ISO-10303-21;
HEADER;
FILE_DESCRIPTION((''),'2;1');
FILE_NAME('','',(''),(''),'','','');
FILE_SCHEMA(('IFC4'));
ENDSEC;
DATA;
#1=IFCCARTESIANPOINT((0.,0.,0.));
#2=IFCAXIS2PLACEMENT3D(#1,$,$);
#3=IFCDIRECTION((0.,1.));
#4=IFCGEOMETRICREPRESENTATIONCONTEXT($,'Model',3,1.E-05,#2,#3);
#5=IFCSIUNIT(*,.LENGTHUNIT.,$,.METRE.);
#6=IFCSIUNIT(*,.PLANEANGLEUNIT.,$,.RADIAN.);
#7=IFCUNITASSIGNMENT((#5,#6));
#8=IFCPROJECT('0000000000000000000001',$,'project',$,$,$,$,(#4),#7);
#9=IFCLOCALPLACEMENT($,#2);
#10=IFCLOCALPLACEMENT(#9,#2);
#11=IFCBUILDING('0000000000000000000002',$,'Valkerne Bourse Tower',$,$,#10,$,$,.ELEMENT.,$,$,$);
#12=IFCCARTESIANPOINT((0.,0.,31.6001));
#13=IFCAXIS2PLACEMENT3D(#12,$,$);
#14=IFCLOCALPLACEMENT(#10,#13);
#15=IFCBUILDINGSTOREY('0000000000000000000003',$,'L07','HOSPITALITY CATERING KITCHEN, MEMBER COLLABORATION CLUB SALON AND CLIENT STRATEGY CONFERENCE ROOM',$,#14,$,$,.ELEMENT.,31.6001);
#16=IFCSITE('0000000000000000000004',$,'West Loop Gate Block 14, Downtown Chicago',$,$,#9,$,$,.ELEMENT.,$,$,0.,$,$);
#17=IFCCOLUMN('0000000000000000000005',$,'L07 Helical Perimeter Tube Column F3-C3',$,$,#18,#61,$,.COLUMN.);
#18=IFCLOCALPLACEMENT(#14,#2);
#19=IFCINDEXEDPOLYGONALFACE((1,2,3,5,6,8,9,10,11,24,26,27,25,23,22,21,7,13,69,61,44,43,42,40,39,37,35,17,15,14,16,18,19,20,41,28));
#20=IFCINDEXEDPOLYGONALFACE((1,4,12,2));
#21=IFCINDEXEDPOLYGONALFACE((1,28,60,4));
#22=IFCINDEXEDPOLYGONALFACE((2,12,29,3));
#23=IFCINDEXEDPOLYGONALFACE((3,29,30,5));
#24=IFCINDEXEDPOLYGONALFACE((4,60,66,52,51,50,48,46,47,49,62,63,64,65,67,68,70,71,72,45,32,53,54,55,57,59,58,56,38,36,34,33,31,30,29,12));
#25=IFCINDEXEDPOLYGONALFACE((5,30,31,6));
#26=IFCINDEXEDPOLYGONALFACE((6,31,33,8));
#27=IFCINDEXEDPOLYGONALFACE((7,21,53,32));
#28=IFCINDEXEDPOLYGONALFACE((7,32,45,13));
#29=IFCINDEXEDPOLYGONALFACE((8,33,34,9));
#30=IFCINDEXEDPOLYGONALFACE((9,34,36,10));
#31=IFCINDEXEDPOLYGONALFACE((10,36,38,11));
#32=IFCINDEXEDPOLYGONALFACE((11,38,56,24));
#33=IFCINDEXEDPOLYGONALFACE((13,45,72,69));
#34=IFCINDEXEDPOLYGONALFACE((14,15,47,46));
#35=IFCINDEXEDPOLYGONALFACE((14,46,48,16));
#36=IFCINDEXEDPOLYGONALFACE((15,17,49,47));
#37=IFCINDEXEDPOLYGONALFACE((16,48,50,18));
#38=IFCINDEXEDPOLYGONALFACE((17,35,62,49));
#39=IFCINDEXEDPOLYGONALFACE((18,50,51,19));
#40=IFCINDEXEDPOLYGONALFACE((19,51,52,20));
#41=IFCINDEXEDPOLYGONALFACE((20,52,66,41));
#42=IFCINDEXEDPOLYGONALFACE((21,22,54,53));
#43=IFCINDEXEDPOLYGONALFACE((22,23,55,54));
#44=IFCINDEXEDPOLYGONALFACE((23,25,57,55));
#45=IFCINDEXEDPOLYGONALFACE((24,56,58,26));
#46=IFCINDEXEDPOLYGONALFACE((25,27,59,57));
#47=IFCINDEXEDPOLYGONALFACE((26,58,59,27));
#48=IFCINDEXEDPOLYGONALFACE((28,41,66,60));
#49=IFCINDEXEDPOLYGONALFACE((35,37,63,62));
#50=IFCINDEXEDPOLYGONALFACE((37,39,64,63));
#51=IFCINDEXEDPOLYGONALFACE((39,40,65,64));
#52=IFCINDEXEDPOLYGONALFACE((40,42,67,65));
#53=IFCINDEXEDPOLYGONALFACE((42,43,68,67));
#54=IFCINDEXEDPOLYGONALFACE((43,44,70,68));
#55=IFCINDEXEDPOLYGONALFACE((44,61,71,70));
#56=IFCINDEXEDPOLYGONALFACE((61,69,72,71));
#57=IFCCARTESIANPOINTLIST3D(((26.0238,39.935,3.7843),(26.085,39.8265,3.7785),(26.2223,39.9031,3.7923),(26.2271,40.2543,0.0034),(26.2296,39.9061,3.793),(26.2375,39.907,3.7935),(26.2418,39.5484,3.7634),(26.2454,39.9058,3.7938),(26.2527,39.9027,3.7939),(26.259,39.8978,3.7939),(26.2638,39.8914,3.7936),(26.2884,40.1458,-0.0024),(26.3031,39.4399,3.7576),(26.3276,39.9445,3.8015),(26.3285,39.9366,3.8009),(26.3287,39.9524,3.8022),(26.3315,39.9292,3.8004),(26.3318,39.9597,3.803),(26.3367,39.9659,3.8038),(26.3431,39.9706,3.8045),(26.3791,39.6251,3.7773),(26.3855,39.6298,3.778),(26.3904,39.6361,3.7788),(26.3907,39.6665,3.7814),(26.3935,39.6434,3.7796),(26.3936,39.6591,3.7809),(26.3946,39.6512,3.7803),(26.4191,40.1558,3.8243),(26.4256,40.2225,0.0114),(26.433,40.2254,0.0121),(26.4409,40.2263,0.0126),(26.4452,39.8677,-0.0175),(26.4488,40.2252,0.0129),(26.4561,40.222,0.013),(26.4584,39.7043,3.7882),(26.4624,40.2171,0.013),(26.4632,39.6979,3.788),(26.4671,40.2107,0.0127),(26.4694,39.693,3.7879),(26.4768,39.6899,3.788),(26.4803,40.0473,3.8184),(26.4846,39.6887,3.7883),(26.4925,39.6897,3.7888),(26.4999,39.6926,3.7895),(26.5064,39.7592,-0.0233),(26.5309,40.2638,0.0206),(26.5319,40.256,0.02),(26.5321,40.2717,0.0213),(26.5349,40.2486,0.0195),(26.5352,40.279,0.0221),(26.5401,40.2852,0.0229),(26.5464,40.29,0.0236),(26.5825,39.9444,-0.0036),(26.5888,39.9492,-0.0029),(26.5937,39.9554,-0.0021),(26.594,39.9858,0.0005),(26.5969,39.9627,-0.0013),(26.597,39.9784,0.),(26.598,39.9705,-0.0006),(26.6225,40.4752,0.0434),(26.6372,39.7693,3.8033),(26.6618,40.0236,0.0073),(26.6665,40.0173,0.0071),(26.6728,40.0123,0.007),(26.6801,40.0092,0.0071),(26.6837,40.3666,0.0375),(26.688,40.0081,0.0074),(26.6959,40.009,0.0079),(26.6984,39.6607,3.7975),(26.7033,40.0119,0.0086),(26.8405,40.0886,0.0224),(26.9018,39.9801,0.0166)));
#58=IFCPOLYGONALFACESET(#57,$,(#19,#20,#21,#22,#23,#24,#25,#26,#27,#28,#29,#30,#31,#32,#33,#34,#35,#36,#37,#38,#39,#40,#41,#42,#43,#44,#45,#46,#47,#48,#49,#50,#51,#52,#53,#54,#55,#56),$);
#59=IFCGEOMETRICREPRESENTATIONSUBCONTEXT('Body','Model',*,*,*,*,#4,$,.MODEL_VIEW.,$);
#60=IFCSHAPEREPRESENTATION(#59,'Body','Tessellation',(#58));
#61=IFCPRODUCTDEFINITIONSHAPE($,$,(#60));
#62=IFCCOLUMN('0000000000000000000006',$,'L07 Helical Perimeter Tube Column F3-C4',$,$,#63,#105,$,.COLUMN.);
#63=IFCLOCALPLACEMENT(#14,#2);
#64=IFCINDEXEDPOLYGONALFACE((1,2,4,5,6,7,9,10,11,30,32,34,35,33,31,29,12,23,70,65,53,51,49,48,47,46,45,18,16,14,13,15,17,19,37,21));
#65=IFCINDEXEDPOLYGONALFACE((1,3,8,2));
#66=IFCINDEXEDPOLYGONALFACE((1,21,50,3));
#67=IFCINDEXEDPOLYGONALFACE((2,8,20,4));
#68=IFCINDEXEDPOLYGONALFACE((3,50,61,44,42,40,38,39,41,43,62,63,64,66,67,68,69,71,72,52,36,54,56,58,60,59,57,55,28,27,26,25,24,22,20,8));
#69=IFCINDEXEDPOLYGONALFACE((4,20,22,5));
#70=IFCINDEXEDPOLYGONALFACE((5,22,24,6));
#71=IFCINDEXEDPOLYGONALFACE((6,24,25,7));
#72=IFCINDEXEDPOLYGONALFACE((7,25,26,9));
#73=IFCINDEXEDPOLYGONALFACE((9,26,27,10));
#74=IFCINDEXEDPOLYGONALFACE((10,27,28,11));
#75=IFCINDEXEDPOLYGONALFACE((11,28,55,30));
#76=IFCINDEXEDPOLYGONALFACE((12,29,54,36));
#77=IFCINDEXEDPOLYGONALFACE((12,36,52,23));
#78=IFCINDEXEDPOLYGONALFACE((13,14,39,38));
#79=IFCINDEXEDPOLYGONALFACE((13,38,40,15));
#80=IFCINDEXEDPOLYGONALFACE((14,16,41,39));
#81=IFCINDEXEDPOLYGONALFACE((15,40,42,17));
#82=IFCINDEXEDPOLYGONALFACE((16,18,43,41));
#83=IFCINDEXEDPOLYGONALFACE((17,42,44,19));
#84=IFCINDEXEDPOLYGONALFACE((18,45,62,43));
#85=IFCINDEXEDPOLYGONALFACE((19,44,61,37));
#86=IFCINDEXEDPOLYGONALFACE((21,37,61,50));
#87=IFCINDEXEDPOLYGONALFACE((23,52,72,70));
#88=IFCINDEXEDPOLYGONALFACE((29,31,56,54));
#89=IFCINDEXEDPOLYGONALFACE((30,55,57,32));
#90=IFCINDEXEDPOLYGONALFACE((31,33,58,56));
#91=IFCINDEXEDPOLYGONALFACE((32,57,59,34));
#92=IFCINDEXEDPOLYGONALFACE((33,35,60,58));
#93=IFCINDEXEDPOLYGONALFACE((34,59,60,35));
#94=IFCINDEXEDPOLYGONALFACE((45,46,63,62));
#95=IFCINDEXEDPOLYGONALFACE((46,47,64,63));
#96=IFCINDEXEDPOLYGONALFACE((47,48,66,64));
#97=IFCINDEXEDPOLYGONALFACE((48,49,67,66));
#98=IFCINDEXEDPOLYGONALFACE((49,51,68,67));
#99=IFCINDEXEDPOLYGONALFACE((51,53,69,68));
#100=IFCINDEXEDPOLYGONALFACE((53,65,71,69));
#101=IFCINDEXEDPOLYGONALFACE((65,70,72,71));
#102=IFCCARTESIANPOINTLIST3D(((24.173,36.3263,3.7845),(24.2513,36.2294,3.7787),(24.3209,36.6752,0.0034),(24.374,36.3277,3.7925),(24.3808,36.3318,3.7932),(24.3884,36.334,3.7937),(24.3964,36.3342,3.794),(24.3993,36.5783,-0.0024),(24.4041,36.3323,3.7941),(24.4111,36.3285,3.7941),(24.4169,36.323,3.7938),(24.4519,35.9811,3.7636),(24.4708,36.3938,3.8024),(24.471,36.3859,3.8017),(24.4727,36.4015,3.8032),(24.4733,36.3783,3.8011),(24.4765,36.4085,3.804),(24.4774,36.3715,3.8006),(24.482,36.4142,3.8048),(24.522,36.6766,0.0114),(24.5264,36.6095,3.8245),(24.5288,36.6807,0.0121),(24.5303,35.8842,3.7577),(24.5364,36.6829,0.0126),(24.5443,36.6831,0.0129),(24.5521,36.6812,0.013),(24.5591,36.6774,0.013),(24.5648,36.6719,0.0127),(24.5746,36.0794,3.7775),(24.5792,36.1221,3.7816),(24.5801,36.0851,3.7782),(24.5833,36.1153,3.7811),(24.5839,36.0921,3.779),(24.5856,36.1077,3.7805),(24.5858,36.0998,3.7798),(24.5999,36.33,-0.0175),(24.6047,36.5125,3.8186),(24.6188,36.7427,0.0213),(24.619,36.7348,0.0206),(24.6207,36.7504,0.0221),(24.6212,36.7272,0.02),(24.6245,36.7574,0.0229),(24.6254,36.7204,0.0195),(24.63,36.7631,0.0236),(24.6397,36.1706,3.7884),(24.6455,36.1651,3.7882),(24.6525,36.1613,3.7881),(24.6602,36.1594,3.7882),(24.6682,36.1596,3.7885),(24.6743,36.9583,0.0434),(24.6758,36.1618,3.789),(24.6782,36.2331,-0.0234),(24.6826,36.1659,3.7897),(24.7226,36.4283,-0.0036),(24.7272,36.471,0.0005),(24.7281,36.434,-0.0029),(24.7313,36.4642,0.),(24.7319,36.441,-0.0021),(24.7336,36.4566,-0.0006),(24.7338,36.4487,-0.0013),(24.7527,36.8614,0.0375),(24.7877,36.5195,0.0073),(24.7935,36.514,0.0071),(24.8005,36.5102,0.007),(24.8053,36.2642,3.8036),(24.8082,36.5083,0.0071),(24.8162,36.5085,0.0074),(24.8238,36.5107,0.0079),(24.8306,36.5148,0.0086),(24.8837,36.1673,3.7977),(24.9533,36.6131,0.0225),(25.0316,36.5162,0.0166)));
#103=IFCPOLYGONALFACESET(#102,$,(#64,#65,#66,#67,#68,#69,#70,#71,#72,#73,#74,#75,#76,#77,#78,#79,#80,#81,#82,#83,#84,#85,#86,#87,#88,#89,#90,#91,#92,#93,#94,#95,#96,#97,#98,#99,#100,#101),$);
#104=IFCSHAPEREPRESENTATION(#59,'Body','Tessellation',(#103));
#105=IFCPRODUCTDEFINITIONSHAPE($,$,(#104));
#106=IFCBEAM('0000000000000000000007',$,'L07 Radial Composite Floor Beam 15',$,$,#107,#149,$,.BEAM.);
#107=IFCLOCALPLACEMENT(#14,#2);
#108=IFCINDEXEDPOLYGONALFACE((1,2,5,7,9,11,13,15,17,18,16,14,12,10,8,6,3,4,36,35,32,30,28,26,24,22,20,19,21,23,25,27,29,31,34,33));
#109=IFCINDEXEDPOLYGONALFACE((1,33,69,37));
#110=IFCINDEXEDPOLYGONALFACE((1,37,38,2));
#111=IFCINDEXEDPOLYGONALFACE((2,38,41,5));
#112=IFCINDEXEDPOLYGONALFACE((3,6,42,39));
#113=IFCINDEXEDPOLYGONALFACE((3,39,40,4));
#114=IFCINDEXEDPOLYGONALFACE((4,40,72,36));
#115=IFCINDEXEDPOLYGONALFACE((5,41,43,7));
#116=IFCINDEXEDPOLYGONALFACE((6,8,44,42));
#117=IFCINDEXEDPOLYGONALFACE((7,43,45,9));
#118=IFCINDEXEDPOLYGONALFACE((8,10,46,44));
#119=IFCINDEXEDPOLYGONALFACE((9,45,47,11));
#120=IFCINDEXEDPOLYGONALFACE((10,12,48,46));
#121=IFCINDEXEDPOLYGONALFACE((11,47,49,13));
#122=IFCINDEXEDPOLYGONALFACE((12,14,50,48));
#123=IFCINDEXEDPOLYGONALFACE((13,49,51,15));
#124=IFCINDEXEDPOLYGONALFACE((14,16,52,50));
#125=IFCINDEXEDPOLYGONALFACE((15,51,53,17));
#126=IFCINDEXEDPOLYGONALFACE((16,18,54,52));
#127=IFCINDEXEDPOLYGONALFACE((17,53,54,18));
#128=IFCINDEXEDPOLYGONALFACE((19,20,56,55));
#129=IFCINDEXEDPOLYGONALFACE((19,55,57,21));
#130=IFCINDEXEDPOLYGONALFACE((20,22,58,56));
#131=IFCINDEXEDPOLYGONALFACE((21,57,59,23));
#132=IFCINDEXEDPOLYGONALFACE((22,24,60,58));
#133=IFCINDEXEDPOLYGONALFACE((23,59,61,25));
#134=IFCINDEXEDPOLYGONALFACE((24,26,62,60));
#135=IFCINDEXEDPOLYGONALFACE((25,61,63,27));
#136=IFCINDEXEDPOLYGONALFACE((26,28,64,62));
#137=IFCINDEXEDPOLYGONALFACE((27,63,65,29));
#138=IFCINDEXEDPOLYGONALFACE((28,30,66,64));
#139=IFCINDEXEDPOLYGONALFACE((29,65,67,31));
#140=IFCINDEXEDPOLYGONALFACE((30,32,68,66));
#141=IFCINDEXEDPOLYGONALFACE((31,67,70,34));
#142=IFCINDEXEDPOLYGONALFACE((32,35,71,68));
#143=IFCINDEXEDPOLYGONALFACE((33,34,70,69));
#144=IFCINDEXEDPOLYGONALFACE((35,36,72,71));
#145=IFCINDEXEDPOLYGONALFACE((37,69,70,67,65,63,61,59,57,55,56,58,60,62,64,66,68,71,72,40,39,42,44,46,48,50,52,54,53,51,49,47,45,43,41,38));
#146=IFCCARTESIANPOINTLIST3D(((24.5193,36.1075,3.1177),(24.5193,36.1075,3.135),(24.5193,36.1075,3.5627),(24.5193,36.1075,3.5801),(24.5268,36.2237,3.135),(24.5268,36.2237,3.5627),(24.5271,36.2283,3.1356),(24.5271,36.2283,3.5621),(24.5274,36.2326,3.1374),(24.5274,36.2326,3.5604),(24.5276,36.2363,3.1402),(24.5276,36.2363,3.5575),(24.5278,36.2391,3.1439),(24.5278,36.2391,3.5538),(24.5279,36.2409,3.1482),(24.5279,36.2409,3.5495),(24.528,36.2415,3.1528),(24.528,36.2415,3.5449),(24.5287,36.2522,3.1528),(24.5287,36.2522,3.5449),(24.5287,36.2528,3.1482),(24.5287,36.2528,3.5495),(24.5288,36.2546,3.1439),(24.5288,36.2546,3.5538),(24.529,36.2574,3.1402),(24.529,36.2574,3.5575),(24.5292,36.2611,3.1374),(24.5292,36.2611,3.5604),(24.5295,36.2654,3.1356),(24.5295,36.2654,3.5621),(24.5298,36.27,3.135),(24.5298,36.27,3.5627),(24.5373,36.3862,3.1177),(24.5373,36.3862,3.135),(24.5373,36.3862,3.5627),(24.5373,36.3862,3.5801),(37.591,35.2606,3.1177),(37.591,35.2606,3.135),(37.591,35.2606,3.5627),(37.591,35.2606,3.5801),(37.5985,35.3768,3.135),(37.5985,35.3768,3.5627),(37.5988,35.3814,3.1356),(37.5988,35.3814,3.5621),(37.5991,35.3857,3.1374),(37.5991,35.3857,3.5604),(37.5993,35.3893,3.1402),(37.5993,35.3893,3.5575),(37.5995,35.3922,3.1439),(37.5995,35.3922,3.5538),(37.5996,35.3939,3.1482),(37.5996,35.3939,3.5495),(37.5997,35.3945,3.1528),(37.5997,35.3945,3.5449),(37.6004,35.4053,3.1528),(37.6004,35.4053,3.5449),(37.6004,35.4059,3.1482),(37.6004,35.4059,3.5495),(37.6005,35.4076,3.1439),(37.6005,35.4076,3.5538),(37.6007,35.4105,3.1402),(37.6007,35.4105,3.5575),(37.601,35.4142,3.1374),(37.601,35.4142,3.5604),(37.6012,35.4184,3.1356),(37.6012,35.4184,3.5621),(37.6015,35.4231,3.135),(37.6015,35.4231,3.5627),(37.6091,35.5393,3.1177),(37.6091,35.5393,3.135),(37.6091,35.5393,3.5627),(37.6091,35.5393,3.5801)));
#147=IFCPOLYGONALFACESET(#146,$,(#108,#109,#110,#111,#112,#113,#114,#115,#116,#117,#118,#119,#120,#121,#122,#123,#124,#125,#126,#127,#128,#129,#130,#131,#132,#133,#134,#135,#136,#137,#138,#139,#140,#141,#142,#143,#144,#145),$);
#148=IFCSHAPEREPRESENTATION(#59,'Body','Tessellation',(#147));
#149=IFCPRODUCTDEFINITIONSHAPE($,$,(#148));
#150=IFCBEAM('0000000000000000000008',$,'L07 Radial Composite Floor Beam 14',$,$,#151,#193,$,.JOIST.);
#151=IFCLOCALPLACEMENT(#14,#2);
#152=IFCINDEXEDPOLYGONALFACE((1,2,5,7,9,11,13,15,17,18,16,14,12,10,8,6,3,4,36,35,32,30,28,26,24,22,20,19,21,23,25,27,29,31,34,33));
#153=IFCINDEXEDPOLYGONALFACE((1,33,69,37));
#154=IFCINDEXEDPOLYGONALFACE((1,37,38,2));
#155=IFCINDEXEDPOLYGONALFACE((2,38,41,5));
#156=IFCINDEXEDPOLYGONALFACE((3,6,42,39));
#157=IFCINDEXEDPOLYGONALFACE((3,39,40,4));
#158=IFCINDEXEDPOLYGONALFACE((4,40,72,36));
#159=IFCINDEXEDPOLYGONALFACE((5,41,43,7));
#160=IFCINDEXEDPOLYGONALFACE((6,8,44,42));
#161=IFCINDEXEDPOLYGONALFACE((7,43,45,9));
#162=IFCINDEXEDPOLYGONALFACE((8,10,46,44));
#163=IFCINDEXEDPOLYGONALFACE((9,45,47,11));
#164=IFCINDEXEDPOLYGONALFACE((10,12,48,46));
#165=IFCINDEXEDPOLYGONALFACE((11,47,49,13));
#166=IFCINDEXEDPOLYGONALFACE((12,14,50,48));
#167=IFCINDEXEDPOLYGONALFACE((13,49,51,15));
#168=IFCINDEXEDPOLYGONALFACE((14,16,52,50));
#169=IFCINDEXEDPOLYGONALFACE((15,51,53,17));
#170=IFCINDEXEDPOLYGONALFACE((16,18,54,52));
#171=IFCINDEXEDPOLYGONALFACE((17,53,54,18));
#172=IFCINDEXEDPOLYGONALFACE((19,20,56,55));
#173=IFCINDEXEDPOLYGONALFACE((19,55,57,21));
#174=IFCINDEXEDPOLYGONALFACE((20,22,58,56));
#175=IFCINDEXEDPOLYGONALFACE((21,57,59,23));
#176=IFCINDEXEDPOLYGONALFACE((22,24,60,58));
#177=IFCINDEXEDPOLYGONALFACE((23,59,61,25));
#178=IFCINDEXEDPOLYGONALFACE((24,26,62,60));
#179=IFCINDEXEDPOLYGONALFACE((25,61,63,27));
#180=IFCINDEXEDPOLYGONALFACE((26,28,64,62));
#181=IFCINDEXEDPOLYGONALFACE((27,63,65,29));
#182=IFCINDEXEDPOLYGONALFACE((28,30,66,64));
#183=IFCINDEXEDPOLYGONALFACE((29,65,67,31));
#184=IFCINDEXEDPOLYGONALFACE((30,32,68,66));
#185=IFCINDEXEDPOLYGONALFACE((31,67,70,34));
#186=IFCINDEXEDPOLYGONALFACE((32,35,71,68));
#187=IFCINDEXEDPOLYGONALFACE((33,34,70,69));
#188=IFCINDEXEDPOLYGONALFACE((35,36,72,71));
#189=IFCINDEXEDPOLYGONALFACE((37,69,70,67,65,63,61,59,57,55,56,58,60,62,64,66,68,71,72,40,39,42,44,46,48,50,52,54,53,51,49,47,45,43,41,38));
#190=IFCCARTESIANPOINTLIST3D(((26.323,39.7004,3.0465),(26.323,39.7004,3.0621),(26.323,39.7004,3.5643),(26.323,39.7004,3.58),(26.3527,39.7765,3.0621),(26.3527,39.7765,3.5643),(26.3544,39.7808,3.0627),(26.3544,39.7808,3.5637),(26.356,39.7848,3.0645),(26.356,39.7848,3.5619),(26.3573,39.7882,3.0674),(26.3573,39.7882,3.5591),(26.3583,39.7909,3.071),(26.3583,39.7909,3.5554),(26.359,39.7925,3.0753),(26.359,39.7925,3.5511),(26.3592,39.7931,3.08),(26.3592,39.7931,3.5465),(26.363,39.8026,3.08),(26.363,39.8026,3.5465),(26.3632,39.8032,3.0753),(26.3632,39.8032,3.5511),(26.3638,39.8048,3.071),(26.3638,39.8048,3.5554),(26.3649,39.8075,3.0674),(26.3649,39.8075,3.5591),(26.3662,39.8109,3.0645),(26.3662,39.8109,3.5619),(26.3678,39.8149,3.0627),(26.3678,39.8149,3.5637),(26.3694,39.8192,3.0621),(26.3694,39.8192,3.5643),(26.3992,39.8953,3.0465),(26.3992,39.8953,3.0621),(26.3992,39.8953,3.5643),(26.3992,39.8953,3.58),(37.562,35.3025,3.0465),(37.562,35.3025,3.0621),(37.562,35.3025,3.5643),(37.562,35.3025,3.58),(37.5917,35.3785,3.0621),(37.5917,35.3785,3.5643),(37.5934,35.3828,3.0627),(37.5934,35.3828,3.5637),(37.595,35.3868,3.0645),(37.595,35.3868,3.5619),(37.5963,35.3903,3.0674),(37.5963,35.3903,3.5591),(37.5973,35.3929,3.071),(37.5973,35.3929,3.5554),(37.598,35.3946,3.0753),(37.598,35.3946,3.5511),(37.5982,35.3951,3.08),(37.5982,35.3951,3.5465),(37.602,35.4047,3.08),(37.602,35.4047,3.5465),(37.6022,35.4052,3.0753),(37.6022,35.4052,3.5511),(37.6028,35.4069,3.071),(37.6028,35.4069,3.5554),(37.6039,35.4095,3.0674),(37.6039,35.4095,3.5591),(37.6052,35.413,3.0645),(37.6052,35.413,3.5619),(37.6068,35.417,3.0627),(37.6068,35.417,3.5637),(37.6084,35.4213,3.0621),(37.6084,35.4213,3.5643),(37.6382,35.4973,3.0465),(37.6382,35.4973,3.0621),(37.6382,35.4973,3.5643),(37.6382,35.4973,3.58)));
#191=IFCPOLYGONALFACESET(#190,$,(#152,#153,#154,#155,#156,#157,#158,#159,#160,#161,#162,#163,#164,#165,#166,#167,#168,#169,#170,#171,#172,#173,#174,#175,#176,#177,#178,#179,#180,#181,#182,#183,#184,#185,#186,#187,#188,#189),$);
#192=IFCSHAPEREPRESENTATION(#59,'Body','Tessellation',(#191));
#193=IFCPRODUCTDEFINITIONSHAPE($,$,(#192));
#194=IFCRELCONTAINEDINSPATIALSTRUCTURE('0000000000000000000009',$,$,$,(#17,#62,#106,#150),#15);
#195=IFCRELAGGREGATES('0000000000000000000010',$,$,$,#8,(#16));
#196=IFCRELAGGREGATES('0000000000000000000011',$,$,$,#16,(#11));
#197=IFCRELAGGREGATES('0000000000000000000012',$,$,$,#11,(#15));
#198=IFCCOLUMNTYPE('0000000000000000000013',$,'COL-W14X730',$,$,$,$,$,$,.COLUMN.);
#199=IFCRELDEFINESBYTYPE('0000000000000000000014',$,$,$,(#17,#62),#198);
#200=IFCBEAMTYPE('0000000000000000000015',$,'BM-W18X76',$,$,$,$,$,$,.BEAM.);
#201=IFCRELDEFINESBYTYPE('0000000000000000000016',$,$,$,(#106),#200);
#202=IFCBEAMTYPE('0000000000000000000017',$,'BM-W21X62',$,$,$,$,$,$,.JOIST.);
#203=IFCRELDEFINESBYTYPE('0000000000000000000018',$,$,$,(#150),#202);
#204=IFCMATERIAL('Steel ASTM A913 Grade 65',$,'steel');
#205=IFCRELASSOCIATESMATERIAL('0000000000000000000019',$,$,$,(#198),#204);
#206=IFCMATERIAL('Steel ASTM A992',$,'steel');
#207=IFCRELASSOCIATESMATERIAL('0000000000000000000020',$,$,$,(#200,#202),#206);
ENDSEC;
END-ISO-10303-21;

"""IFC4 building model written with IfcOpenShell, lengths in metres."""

from ifc_helpers import new_model, si_unit, direction, frame, origin, origin_2d, place, context, subcontext, project, spatial, i_section, extrude, material, material_profile, profile_set, type_object, element, save


model = new_model("IFC4")

# Units and contexts
model_context = context("Model", 3, precision=1e-05, world=origin(), true_north=direction((0.0, 1.0)))
body_context = subcontext(model_context, "Body", "Model", "MODEL_VIEW")
ifc_project = project(units=[si_unit("LENGTHUNIT", "METRE"), si_unit("PLANEANGLEUNIT", "RADIAN")], contexts=[model_context])

# Site, building, storey
site_placement = place(None, origin())
site = spatial("IfcSite", under=ifc_project, at=site_placement, Name="West Loop Gate Block 14, Downtown Chicago", CompositionType="ELEMENT", RefElevation=0.0)
building_placement = place(site_placement, origin())
building = spatial("IfcBuilding", under=site, at=building_placement, Name="Valkerne Bourse Tower", CompositionType="ELEMENT")
storey_placement = place(building_placement, frame((0.0, 0.0, 31.6001)))
storey = spatial("IfcBuildingStorey", under=building, at=storey_placement, Name="L07", Description="HOSPITALITY CATERING KITCHEN, MEMBER COLLABORATION CLUB SALON AND CLIENT STRATEGY CONFERENCE ROOM", CompositionType="ELEMENT", Elevation=31.6001)

# Columns
ifc_material_1 = material(Name="Steel ASTM A913 Grade 65", Category="steel")
ifc_material_profile_1 = material_profile(ifc_material_1, i_section(OverallWidth=0.4546, OverallDepth=0.5691, WebThickness=0.0779, FlangeThickness=0.1248, FilletRadius=0.0305, at=origin_2d()), Name="W14X730")
ifc_profile_set_1 = profile_set([ifc_material_profile_1], Name="Steel ASTM A913 Grade 65")
column_type = type_object("IfcColumnType", Name="COL-W14X730", PredefinedType="COLUMN", material=ifc_profile_set_1)
column_1_placement = place(storey_placement, frame((26.5645, 40.1172, 0.01), z_axis=(-0.053519, -0.084038, 0.995024), x_axis=(-0.869637, -0.48582, -0.087807)))
element("IfcColumn", 1, at=column_1_placement, inside=storey, type_object=column_type, Name="L07 Helical Perimeter Tube Column F3-C3", PredefinedType="COLUMN", context=body_context, shape_type="SweptSolid", body=[
    extrude(i_section(OverallWidth=0.4546, OverallDepth=0.5691, WebThickness=0.0779, FlangeThickness=0.1248, FilletRadius=0.0305, at=origin_2d()), origin(), (0.0, 0.0, 1.0), 3.7998),
])
column_2_placement = place(storey_placement, frame((24.6763, 36.5957, 0.01), z_axis=(-0.038935, -0.091811, 0.995015), x_axis=(-0.777409, -0.622825, -0.087888)))
element("IfcColumn", 2, at=column_2_placement, inside=storey, type_object=column_type, Name="L07 Helical Perimeter Tube Column F3-C4", PredefinedType="COLUMN", context=body_context, shape_type="SweptSolid", body=[
    extrude(i_section(OverallWidth=0.4546, OverallDepth=0.5691, WebThickness=0.0779, FlangeThickness=0.1248, FilletRadius=0.0305, at=origin_2d()), origin(), (0.0, 0.0, 1.0), 3.8),
])

# Beams
ifc_material_2 = material(Name="Steel ASTM A992", Category="steel")
ifc_material_profile_2 = material_profile(ifc_material_2, i_section(OverallWidth=0.2793, OverallDepth=0.4624, WebThickness=0.0107, FlangeThickness=0.0173, FilletRadius=0.0178, at=origin_2d()), Name="W18X76")
ifc_profile_set_2 = profile_set([ifc_material_profile_2], Name="Steel ASTM A992")
beam_type_1 = type_object("IfcBeamType", Name="BM-W18X76", PredefinedType="BEAM", material=ifc_profile_set_2)
beam_1_placement = place(storey_placement, frame((24.5283, 36.2468, 3.3489), z_axis=(0.997908, -0.064655, 0.0), x_axis=(0.064655, 0.997908, 0.0)))
element("IfcBeam", 3, at=beam_1_placement, inside=storey, type_object=beam_type_1, Name="L07 Radial Composite Floor Beam 15", PredefinedType="BEAM", context=body_context, shape_type="SweptSolid", body=[
    extrude(i_section(OverallWidth=0.2793, OverallDepth=0.4624, WebThickness=0.0107, FlangeThickness=0.0173, FilletRadius=0.0178, at=origin_2d()), origin(), (0.0, 0.0, 1.0), 13.0991),
])
ifc_material_profile_3 = material_profile(ifc_material_2, i_section(OverallWidth=0.2092, OverallDepth=0.5334, WebThickness=0.0103, FlangeThickness=0.0156, FilletRadius=0.0178, at=origin_2d()), Name="W21X62")
ifc_profile_set_3 = profile_set([ifc_material_profile_3], Name="Steel ASTM A992")
beam_type_2 = type_object("IfcBeamType", Name="BM-W21X62", PredefinedType="JOIST", material=ifc_profile_set_3)
beam_2_placement = place(storey_placement, frame((26.3611, 39.7979, 3.3132), z_axis=(0.931241, -0.364405, 0.0), x_axis=(0.364405, 0.931241, 0.0)))
element("IfcBeam", 4, at=beam_2_placement, inside=storey, type_object=beam_type_2, Name="L07 Radial Composite Floor Beam 14", PredefinedType="JOIST", context=body_context, shape_type="SweptSolid", body=[
    extrude(i_section(OverallWidth=0.2092, OverallDepth=0.5334, WebThickness=0.0103, FlangeThickness=0.0156, FilletRadius=0.0178, at=origin_2d()), origin(), (0.0, 0.0, 1.0), 12.0688),
])

save(model, "model.ifc")
